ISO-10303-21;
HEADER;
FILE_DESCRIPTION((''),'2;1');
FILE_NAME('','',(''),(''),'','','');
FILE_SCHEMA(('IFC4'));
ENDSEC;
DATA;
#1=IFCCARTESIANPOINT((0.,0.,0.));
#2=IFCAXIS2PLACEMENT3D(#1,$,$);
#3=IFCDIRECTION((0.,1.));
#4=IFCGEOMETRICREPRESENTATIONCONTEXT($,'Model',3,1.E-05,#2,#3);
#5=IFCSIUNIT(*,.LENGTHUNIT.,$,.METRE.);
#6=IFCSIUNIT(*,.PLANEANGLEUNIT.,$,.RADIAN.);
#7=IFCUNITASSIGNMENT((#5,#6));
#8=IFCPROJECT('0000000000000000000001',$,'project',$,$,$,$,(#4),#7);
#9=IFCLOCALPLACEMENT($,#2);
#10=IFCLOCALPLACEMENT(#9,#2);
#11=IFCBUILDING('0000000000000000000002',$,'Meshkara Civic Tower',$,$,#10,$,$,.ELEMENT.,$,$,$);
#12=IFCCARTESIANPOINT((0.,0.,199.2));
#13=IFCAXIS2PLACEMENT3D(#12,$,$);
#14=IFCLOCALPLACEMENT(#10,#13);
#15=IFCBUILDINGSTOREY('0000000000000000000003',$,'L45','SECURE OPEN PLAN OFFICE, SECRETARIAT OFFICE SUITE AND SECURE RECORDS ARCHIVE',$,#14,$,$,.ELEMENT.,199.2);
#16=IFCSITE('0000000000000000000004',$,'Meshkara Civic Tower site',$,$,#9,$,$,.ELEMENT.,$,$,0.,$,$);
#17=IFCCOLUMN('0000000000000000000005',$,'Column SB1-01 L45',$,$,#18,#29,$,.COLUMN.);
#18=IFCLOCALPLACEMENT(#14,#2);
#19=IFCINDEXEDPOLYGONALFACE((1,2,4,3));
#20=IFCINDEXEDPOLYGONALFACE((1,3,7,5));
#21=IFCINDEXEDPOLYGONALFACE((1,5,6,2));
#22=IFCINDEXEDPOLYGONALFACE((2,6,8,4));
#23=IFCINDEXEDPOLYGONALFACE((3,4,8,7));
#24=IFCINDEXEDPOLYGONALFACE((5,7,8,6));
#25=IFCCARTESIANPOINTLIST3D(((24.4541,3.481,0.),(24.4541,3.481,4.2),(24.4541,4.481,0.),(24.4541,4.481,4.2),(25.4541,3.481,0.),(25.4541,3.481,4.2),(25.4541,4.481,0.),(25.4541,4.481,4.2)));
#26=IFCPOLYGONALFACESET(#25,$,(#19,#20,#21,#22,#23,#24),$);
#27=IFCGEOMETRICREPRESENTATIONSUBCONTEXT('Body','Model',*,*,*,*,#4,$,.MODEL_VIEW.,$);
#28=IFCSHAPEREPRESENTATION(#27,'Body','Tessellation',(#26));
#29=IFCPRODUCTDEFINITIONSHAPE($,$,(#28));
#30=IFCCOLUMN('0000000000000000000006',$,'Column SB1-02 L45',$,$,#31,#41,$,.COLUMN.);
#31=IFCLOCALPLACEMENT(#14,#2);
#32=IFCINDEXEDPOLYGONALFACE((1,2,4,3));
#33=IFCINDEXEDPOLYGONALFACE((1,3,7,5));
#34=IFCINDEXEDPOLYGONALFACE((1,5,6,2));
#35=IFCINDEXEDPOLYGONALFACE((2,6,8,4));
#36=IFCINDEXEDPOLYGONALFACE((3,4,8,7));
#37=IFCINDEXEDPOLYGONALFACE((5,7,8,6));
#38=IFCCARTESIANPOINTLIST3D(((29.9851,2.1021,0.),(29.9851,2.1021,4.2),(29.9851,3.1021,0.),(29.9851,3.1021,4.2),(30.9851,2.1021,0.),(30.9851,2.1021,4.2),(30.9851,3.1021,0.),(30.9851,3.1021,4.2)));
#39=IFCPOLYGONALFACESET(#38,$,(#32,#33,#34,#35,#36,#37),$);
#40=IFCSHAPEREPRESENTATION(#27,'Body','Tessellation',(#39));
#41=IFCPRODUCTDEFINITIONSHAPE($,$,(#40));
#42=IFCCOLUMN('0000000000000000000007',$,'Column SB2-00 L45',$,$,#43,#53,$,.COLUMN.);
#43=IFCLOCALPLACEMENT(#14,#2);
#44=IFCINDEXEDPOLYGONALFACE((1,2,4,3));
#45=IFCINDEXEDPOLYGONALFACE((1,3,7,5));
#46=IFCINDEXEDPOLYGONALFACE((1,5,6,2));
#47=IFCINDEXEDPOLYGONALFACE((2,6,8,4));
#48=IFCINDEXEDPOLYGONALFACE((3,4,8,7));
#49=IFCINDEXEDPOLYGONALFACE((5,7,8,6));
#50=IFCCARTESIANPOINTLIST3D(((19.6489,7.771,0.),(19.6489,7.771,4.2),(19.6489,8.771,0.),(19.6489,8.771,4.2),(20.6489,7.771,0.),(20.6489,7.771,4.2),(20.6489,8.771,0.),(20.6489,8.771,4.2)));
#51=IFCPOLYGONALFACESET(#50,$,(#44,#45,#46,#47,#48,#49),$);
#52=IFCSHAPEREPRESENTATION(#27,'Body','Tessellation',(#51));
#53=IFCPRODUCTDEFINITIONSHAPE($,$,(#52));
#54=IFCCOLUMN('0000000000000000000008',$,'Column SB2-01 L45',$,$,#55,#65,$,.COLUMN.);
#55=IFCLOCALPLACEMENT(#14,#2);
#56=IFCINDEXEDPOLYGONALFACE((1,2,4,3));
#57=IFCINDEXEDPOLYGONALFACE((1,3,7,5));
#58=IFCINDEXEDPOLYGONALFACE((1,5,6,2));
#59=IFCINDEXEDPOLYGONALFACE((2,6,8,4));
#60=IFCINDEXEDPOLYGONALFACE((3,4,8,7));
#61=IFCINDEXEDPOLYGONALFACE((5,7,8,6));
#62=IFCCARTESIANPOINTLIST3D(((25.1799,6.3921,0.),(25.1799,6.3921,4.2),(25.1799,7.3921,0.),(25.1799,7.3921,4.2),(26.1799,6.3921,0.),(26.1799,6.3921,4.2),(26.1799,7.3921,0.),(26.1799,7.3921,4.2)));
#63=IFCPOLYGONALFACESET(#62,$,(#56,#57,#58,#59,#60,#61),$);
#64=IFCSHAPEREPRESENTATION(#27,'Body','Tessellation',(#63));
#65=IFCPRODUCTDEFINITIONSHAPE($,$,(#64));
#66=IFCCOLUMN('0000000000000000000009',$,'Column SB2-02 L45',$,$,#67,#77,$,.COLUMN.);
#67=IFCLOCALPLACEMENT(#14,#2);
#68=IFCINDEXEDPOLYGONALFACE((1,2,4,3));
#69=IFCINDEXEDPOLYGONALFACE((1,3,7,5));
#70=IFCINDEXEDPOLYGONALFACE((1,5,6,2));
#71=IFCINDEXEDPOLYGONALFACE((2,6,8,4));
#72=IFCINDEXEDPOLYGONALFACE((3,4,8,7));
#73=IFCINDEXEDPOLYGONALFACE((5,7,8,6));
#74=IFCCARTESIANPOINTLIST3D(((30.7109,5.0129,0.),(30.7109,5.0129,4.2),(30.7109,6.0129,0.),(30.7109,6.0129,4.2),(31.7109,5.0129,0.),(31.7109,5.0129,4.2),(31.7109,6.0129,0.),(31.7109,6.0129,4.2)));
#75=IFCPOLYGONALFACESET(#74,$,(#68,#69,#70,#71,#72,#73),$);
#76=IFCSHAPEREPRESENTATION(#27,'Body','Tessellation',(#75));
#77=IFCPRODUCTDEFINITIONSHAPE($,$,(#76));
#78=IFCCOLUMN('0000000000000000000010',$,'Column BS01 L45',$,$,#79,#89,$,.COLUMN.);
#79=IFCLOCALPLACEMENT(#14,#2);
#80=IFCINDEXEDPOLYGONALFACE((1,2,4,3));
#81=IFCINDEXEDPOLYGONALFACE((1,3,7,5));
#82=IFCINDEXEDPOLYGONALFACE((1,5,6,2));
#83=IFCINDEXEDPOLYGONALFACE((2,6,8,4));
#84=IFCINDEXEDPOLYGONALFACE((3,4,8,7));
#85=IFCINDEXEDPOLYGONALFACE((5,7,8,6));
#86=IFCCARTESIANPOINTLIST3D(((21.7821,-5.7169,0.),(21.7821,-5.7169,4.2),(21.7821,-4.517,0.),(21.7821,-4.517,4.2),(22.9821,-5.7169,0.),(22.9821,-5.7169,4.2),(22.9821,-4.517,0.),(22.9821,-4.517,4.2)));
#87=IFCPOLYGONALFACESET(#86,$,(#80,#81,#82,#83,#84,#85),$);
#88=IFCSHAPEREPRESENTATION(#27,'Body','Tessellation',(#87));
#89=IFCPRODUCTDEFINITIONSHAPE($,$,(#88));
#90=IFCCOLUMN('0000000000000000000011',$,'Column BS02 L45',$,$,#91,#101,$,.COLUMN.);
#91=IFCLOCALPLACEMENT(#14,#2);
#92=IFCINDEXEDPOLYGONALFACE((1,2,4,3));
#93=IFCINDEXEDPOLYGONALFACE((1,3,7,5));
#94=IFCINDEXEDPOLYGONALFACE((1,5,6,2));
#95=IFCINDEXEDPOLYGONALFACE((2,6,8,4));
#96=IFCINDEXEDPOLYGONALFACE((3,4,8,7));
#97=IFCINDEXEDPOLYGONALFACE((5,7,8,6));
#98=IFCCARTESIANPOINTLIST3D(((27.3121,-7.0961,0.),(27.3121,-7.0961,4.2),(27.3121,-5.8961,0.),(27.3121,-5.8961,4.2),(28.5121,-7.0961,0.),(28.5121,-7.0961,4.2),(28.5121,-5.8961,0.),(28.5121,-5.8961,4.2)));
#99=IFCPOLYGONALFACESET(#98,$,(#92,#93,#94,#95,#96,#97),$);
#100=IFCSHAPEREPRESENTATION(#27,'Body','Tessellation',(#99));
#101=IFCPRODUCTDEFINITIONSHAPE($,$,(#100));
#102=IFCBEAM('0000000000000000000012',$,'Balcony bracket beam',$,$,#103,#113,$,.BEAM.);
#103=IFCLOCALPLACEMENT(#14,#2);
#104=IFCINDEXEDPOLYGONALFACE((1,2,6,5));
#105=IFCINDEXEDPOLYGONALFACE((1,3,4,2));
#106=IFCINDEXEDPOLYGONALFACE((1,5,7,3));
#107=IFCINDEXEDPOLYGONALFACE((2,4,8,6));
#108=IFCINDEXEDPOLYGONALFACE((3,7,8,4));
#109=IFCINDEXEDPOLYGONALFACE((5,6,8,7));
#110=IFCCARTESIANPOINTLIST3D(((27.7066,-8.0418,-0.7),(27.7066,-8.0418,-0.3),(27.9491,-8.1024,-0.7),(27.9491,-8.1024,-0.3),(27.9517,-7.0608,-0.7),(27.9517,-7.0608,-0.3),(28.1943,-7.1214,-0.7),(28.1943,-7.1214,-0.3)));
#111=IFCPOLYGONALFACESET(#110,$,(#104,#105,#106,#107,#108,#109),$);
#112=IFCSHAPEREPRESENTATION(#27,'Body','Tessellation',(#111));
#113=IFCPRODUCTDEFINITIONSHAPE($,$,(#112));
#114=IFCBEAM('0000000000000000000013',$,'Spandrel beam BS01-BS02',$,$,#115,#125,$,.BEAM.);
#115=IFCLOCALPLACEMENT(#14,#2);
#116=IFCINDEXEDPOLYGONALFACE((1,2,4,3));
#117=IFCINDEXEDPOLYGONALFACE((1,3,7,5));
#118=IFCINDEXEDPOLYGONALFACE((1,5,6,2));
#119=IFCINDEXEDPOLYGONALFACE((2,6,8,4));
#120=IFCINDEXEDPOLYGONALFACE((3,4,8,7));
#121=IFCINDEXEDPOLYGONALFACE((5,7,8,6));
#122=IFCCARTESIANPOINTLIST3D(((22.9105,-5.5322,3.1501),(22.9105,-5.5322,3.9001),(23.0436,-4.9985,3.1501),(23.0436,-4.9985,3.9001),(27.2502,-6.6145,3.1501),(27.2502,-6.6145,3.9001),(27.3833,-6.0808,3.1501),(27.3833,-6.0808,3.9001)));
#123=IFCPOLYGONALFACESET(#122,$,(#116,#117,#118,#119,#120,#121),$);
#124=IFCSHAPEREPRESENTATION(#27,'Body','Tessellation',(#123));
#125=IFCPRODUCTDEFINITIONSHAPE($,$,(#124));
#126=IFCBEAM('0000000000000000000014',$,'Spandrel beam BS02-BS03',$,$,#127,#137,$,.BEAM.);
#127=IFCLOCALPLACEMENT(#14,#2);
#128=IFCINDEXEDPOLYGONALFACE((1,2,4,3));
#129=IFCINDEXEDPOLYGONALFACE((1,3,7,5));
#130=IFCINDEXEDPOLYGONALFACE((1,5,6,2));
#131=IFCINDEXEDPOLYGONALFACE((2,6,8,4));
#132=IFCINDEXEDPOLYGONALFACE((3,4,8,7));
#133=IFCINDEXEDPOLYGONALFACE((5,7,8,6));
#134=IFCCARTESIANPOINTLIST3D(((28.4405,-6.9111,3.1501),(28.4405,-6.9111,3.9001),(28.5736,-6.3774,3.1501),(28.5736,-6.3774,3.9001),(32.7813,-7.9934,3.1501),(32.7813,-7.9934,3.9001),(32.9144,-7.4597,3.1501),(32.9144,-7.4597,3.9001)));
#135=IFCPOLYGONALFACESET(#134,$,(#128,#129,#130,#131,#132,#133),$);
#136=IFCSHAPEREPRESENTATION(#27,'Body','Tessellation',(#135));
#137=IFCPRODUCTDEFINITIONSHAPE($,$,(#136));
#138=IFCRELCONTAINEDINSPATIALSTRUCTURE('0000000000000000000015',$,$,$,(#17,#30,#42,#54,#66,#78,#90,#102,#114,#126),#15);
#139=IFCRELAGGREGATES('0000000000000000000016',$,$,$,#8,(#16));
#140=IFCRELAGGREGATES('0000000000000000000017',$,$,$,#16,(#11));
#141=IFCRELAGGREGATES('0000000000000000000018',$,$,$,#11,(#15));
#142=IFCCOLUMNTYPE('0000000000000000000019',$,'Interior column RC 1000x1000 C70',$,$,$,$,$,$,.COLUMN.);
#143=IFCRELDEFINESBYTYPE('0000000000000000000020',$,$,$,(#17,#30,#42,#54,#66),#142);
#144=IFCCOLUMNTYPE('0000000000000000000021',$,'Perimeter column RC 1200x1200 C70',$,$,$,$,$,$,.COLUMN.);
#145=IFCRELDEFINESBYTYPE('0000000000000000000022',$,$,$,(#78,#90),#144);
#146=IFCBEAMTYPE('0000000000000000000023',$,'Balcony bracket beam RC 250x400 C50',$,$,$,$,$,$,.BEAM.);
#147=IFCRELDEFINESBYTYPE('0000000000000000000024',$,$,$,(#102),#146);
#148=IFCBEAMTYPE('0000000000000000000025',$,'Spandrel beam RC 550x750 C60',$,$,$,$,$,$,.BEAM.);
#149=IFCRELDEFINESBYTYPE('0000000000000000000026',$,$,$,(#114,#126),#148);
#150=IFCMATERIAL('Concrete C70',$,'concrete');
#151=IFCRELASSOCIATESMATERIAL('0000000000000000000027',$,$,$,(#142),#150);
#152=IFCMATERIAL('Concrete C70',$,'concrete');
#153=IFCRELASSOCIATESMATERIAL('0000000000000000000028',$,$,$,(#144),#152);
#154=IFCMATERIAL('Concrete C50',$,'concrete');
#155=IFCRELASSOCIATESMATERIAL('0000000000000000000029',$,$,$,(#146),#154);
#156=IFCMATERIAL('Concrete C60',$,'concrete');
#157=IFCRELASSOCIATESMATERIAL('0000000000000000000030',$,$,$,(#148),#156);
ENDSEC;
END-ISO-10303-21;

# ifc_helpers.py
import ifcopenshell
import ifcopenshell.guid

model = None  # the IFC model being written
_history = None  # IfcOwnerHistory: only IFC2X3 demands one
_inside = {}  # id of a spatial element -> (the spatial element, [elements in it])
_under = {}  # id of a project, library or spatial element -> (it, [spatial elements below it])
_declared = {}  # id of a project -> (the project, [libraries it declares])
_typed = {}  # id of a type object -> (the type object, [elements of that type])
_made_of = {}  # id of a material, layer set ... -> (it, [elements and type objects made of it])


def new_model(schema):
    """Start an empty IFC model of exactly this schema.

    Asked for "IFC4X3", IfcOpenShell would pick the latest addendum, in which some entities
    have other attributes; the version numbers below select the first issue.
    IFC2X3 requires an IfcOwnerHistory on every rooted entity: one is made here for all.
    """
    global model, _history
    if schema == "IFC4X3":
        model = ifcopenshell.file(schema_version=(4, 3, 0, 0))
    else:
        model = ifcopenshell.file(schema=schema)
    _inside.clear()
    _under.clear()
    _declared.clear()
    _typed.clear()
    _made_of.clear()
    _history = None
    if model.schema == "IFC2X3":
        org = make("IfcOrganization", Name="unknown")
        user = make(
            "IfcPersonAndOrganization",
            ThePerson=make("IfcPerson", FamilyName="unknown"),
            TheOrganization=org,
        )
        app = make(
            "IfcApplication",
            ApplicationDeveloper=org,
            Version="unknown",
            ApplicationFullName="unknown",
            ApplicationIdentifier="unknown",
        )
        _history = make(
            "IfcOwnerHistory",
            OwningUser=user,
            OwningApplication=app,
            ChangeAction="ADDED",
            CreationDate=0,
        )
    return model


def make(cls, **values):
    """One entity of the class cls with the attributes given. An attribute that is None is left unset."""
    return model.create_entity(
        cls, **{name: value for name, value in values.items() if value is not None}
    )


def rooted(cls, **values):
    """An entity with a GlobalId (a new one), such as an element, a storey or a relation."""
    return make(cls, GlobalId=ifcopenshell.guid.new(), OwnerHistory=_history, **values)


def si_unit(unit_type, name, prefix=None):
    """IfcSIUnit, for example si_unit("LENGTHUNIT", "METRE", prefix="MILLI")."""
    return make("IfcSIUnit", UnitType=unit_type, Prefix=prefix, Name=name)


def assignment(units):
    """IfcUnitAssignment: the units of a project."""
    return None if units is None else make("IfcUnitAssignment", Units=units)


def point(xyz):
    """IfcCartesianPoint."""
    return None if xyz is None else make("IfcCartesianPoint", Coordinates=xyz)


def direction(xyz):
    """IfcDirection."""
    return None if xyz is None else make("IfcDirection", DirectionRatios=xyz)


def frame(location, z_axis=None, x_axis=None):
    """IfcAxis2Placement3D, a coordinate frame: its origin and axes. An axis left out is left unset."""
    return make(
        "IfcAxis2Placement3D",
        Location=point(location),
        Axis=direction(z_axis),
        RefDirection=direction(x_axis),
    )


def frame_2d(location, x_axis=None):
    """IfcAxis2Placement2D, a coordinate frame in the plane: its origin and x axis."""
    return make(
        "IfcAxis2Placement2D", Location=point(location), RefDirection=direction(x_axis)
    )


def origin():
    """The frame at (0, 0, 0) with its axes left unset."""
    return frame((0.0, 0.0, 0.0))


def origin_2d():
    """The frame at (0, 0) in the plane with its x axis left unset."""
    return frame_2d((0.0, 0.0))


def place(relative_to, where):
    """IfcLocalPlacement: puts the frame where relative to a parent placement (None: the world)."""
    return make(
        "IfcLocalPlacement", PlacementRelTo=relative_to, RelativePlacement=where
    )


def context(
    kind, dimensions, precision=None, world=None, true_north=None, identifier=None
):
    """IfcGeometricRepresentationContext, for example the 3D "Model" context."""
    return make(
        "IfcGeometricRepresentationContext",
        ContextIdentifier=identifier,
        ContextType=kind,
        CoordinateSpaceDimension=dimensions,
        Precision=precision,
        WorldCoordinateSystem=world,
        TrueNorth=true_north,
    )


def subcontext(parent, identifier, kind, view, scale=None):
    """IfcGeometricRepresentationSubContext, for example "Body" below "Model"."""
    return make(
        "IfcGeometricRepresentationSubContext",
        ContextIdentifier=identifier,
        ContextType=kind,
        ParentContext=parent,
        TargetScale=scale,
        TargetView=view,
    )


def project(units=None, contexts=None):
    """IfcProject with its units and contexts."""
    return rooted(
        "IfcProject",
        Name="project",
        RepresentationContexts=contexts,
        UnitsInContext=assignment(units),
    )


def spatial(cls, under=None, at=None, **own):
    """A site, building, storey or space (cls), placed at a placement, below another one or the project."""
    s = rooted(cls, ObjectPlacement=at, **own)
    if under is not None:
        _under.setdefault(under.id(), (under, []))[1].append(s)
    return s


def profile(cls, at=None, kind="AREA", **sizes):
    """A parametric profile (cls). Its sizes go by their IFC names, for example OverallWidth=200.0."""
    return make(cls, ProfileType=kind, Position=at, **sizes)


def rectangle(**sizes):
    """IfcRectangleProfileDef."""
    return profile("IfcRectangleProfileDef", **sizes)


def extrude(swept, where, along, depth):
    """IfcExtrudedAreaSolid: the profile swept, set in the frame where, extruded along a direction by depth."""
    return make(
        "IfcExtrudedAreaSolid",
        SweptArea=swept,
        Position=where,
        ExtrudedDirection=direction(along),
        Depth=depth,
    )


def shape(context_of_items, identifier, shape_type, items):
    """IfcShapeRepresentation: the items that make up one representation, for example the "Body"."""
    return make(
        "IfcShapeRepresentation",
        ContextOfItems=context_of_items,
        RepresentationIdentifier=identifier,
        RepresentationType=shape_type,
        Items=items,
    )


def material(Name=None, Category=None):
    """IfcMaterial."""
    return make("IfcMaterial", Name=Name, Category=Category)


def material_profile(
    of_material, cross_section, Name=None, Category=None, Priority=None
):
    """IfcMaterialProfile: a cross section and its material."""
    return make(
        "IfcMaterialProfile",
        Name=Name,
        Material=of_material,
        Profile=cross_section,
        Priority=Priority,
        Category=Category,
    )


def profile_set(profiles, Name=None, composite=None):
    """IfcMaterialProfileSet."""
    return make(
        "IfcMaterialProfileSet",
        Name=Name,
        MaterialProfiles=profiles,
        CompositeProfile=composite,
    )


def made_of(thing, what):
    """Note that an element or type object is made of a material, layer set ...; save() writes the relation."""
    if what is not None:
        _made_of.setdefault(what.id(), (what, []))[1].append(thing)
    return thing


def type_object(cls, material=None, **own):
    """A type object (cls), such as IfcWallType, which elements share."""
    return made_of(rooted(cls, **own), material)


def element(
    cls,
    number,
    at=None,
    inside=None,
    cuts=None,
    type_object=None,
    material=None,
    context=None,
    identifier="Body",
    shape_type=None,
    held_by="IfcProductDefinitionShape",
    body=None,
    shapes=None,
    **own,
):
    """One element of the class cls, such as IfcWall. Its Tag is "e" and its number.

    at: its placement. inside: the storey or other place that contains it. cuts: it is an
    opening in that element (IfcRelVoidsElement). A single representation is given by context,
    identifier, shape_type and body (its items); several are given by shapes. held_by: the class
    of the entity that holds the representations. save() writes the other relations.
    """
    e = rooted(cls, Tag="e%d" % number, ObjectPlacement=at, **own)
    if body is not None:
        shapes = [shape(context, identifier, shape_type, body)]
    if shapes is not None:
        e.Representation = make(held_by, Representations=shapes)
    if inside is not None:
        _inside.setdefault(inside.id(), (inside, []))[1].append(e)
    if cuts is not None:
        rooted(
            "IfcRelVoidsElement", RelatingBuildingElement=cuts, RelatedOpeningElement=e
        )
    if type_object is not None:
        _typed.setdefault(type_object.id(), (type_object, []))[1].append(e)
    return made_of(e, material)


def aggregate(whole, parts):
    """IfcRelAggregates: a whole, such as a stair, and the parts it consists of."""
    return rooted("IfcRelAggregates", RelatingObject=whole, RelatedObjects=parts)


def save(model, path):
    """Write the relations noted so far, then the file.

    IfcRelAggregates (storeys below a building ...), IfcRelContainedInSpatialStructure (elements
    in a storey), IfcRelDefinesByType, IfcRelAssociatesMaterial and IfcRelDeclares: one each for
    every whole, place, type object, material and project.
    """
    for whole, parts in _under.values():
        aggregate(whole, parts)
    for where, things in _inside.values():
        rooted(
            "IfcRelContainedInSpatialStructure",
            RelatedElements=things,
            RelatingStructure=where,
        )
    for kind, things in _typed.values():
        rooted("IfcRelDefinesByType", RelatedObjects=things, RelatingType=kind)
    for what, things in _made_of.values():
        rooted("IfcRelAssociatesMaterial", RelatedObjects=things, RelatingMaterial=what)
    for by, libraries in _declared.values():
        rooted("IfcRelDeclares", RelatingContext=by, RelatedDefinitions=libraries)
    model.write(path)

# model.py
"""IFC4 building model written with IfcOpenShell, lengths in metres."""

from ifc_helpers import new_model, si_unit, direction, frame, origin, origin_2d, place, context, subcontext, project, spatial, rectangle, extrude, material, material_profile, profile_set, type_object, element, save


model = new_model("IFC4")

# Units and contexts
model_context = context("Model", 3, precision=1e-05, world=origin(), true_north=direction((0.0, 1.0)))
body_context = subcontext(model_context, "Body", "Model", "MODEL_VIEW")
ifc_project = project(units=[si_unit("LENGTHUNIT", "METRE"), si_unit("PLANEANGLEUNIT", "RADIAN")], contexts=[model_context])

# Site, building, storey
site_placement = place(None, origin())
site = spatial("IfcSite", under=ifc_project, at=site_placement, Name="Meshkara Civic Tower site", CompositionType="ELEMENT", RefElevation=0.0)
building_placement = place(site_placement, origin())
building = spatial("IfcBuilding", under=site, at=building_placement, Name="Meshkara Civic Tower", CompositionType="ELEMENT")
storey_placement = place(building_placement, frame((0.0, 0.0, 199.2)))
storey = spatial("IfcBuildingStorey", under=building, at=storey_placement, Name="L45", Description="SECURE OPEN PLAN OFFICE, SECRETARIAT OFFICE SUITE AND SECURE RECORDS ARCHIVE", CompositionType="ELEMENT", Elevation=199.2)

# Columns
ifc_material_1 = material(Name="Concrete C70", Category="concrete")
ifc_material_profile_1 = material_profile(ifc_material_1, rectangle(XDim=1.0, YDim=1.0, at=origin_2d()))
ifc_profile_set_1 = profile_set([ifc_material_profile_1], Name="Concrete C70")
column_type_1 = type_object("IfcColumnType", Name="Interior column RC 1000x1000 C70", PredefinedType="COLUMN", material=ifc_profile_set_1)
for number, where, z_axis, x_axis, name in (
    (1, (24.9541, 3.981, 0.0), (0.0, 0.0, 1.0), (1.0, 0.0, 0.0), "Column SB1-01 L45"),
    (2, (30.4851, 2.6021, 0.0), (0.0, 0.0, 1.0), (1.0, 0.0, 0.0), "Column SB1-02 L45"),
    (3, (20.1489, 8.271, 0.0), (0.0, 0.0, 1.0), (1.0, 0.0, 0.0), "Column SB2-00 L45"),
    (4, (25.6799, 6.8921, 0.0), (0.0, 0.0, 1.0), (1.0, 0.0, 0.0), "Column SB2-01 L45"),
    (5, (31.2109, 5.5129, 0.0), (0.0, 0.0, 1.0), (1.0, 0.0, 0.0), "Column SB2-02 L45"),
):
    element("IfcColumn", number, at=place(storey_placement, frame(where, z_axis=z_axis, x_axis=x_axis)), inside=storey, type_object=column_type_1, Name=name, PredefinedType="COLUMN", context=body_context, shape_type="SweptSolid", body=[
        extrude(rectangle(XDim=1.0, YDim=1.0, at=origin_2d()), origin(), (0.0, 0.0, 1.0), 4.2),
    ])
ifc_material_2 = material(Name="Concrete C70", Category="concrete")
ifc_material_profile_2 = material_profile(ifc_material_2, rectangle(XDim=1.2, YDim=1.2, at=origin_2d()))
ifc_profile_set_2 = profile_set([ifc_material_profile_2], Name="Concrete C70")
column_type_2 = type_object("IfcColumnType", Name="Perimeter column RC 1200x1200 C70", PredefinedType="COLUMN", material=ifc_profile_set_2)
for number, where, z_axis, x_axis, name in (
    (6, (22.3821, -5.1169, 0.0), (0.0, 0.0, 1.0), (1.0, 0.0, 0.0), "Column BS01 L45"),
    (7, (27.9121, -6.4961, 0.0), (0.0, 0.0, 1.0), (1.0, 0.0, 0.0), "Column BS02 L45"),
):
    element("IfcColumn", number, at=place(storey_placement, frame(where, z_axis=z_axis, x_axis=x_axis)), inside=storey, type_object=column_type_2, Name=name, PredefinedType="COLUMN", context=body_context, shape_type="SweptSolid", body=[
        extrude(rectangle(XDim=1.2, YDim=1.2, at=origin_2d()), origin(), (0.0, 0.0, 1.0), 4.2),
    ])

# Beams
ifc_material_3 = material(Name="Concrete C50", Category="concrete")
ifc_material_profile_3 = material_profile(ifc_material_3, rectangle(XDim=0.25, YDim=0.3999, at=origin_2d()))
ifc_profile_set_3 = profile_set([ifc_material_profile_3], Name="Concrete C50")
beam_type_1 = type_object("IfcBeamType", Name="Balcony bracket beam RC 250x400 C50", PredefinedType="BEAM", material=ifc_profile_set_3)
beam_1_placement = place(storey_placement, frame((28.073, -7.0911, -0.5), z_axis=(-0.242422, -0.970171, 0.0), x_axis=(0.970171, -0.242422, 0.0)))
element("IfcBeam", 8, at=beam_1_placement, inside=storey, type_object=beam_type_1, Name="Balcony bracket beam", PredefinedType="BEAM", context=body_context, shape_type="SweptSolid", body=[
    extrude(rectangle(XDim=0.25, YDim=0.3999, at=origin_2d()), origin(), (0.0, 0.0, 1.0), 1.0112),
])
ifc_material_4 = material(Name="Concrete C60", Category="concrete")
ifc_material_profile_4 = material_profile(ifc_material_4, rectangle(XDim=0.55, YDim=0.75, at=origin_2d()))
ifc_profile_set_4 = profile_set([ifc_material_profile_4], Name="Concrete C60")
beam_type_2 = type_object("IfcBeamType", Name="Spandrel beam RC 550x750 C60", PredefinedType="BEAM", material=ifc_profile_set_4)
beam_2_placement = place(storey_placement, frame((22.9771, -5.2654, 3.5251), z_axis=(0.970284, -0.24197, 0.0), x_axis=(0.24197, 0.970284, 0.0)))
element("IfcBeam", 9, at=beam_2_placement, inside=storey, type_object=beam_type_2, Name="Spandrel beam BS01-BS02", PredefinedType="BEAM", context=body_context, shape_type="SweptSolid", body=[
    extrude(rectangle(XDim=0.55, YDim=0.75, at=origin_2d()), origin(), (0.0, 0.0, 1.0), 4.4727),
])
beam_3_placement = place(storey_placement, frame((28.5071, -6.6443, 3.5251), z_axis=(0.970296, -0.241919, 0.0), x_axis=(0.241919, 0.970296, 0.0)))
element("IfcBeam", 10, at=beam_3_placement, inside=storey, type_object=beam_type_2, Name="Spandrel beam BS02-BS03", PredefinedType="BEAM", context=body_context, shape_type="SweptSolid", body=[
    extrude(rectangle(XDim=0.55, YDim=0.75, at=origin_2d()), origin(), (0.0, 0.0, 1.0), 4.4736),
])

save(model, "model.ifc")
